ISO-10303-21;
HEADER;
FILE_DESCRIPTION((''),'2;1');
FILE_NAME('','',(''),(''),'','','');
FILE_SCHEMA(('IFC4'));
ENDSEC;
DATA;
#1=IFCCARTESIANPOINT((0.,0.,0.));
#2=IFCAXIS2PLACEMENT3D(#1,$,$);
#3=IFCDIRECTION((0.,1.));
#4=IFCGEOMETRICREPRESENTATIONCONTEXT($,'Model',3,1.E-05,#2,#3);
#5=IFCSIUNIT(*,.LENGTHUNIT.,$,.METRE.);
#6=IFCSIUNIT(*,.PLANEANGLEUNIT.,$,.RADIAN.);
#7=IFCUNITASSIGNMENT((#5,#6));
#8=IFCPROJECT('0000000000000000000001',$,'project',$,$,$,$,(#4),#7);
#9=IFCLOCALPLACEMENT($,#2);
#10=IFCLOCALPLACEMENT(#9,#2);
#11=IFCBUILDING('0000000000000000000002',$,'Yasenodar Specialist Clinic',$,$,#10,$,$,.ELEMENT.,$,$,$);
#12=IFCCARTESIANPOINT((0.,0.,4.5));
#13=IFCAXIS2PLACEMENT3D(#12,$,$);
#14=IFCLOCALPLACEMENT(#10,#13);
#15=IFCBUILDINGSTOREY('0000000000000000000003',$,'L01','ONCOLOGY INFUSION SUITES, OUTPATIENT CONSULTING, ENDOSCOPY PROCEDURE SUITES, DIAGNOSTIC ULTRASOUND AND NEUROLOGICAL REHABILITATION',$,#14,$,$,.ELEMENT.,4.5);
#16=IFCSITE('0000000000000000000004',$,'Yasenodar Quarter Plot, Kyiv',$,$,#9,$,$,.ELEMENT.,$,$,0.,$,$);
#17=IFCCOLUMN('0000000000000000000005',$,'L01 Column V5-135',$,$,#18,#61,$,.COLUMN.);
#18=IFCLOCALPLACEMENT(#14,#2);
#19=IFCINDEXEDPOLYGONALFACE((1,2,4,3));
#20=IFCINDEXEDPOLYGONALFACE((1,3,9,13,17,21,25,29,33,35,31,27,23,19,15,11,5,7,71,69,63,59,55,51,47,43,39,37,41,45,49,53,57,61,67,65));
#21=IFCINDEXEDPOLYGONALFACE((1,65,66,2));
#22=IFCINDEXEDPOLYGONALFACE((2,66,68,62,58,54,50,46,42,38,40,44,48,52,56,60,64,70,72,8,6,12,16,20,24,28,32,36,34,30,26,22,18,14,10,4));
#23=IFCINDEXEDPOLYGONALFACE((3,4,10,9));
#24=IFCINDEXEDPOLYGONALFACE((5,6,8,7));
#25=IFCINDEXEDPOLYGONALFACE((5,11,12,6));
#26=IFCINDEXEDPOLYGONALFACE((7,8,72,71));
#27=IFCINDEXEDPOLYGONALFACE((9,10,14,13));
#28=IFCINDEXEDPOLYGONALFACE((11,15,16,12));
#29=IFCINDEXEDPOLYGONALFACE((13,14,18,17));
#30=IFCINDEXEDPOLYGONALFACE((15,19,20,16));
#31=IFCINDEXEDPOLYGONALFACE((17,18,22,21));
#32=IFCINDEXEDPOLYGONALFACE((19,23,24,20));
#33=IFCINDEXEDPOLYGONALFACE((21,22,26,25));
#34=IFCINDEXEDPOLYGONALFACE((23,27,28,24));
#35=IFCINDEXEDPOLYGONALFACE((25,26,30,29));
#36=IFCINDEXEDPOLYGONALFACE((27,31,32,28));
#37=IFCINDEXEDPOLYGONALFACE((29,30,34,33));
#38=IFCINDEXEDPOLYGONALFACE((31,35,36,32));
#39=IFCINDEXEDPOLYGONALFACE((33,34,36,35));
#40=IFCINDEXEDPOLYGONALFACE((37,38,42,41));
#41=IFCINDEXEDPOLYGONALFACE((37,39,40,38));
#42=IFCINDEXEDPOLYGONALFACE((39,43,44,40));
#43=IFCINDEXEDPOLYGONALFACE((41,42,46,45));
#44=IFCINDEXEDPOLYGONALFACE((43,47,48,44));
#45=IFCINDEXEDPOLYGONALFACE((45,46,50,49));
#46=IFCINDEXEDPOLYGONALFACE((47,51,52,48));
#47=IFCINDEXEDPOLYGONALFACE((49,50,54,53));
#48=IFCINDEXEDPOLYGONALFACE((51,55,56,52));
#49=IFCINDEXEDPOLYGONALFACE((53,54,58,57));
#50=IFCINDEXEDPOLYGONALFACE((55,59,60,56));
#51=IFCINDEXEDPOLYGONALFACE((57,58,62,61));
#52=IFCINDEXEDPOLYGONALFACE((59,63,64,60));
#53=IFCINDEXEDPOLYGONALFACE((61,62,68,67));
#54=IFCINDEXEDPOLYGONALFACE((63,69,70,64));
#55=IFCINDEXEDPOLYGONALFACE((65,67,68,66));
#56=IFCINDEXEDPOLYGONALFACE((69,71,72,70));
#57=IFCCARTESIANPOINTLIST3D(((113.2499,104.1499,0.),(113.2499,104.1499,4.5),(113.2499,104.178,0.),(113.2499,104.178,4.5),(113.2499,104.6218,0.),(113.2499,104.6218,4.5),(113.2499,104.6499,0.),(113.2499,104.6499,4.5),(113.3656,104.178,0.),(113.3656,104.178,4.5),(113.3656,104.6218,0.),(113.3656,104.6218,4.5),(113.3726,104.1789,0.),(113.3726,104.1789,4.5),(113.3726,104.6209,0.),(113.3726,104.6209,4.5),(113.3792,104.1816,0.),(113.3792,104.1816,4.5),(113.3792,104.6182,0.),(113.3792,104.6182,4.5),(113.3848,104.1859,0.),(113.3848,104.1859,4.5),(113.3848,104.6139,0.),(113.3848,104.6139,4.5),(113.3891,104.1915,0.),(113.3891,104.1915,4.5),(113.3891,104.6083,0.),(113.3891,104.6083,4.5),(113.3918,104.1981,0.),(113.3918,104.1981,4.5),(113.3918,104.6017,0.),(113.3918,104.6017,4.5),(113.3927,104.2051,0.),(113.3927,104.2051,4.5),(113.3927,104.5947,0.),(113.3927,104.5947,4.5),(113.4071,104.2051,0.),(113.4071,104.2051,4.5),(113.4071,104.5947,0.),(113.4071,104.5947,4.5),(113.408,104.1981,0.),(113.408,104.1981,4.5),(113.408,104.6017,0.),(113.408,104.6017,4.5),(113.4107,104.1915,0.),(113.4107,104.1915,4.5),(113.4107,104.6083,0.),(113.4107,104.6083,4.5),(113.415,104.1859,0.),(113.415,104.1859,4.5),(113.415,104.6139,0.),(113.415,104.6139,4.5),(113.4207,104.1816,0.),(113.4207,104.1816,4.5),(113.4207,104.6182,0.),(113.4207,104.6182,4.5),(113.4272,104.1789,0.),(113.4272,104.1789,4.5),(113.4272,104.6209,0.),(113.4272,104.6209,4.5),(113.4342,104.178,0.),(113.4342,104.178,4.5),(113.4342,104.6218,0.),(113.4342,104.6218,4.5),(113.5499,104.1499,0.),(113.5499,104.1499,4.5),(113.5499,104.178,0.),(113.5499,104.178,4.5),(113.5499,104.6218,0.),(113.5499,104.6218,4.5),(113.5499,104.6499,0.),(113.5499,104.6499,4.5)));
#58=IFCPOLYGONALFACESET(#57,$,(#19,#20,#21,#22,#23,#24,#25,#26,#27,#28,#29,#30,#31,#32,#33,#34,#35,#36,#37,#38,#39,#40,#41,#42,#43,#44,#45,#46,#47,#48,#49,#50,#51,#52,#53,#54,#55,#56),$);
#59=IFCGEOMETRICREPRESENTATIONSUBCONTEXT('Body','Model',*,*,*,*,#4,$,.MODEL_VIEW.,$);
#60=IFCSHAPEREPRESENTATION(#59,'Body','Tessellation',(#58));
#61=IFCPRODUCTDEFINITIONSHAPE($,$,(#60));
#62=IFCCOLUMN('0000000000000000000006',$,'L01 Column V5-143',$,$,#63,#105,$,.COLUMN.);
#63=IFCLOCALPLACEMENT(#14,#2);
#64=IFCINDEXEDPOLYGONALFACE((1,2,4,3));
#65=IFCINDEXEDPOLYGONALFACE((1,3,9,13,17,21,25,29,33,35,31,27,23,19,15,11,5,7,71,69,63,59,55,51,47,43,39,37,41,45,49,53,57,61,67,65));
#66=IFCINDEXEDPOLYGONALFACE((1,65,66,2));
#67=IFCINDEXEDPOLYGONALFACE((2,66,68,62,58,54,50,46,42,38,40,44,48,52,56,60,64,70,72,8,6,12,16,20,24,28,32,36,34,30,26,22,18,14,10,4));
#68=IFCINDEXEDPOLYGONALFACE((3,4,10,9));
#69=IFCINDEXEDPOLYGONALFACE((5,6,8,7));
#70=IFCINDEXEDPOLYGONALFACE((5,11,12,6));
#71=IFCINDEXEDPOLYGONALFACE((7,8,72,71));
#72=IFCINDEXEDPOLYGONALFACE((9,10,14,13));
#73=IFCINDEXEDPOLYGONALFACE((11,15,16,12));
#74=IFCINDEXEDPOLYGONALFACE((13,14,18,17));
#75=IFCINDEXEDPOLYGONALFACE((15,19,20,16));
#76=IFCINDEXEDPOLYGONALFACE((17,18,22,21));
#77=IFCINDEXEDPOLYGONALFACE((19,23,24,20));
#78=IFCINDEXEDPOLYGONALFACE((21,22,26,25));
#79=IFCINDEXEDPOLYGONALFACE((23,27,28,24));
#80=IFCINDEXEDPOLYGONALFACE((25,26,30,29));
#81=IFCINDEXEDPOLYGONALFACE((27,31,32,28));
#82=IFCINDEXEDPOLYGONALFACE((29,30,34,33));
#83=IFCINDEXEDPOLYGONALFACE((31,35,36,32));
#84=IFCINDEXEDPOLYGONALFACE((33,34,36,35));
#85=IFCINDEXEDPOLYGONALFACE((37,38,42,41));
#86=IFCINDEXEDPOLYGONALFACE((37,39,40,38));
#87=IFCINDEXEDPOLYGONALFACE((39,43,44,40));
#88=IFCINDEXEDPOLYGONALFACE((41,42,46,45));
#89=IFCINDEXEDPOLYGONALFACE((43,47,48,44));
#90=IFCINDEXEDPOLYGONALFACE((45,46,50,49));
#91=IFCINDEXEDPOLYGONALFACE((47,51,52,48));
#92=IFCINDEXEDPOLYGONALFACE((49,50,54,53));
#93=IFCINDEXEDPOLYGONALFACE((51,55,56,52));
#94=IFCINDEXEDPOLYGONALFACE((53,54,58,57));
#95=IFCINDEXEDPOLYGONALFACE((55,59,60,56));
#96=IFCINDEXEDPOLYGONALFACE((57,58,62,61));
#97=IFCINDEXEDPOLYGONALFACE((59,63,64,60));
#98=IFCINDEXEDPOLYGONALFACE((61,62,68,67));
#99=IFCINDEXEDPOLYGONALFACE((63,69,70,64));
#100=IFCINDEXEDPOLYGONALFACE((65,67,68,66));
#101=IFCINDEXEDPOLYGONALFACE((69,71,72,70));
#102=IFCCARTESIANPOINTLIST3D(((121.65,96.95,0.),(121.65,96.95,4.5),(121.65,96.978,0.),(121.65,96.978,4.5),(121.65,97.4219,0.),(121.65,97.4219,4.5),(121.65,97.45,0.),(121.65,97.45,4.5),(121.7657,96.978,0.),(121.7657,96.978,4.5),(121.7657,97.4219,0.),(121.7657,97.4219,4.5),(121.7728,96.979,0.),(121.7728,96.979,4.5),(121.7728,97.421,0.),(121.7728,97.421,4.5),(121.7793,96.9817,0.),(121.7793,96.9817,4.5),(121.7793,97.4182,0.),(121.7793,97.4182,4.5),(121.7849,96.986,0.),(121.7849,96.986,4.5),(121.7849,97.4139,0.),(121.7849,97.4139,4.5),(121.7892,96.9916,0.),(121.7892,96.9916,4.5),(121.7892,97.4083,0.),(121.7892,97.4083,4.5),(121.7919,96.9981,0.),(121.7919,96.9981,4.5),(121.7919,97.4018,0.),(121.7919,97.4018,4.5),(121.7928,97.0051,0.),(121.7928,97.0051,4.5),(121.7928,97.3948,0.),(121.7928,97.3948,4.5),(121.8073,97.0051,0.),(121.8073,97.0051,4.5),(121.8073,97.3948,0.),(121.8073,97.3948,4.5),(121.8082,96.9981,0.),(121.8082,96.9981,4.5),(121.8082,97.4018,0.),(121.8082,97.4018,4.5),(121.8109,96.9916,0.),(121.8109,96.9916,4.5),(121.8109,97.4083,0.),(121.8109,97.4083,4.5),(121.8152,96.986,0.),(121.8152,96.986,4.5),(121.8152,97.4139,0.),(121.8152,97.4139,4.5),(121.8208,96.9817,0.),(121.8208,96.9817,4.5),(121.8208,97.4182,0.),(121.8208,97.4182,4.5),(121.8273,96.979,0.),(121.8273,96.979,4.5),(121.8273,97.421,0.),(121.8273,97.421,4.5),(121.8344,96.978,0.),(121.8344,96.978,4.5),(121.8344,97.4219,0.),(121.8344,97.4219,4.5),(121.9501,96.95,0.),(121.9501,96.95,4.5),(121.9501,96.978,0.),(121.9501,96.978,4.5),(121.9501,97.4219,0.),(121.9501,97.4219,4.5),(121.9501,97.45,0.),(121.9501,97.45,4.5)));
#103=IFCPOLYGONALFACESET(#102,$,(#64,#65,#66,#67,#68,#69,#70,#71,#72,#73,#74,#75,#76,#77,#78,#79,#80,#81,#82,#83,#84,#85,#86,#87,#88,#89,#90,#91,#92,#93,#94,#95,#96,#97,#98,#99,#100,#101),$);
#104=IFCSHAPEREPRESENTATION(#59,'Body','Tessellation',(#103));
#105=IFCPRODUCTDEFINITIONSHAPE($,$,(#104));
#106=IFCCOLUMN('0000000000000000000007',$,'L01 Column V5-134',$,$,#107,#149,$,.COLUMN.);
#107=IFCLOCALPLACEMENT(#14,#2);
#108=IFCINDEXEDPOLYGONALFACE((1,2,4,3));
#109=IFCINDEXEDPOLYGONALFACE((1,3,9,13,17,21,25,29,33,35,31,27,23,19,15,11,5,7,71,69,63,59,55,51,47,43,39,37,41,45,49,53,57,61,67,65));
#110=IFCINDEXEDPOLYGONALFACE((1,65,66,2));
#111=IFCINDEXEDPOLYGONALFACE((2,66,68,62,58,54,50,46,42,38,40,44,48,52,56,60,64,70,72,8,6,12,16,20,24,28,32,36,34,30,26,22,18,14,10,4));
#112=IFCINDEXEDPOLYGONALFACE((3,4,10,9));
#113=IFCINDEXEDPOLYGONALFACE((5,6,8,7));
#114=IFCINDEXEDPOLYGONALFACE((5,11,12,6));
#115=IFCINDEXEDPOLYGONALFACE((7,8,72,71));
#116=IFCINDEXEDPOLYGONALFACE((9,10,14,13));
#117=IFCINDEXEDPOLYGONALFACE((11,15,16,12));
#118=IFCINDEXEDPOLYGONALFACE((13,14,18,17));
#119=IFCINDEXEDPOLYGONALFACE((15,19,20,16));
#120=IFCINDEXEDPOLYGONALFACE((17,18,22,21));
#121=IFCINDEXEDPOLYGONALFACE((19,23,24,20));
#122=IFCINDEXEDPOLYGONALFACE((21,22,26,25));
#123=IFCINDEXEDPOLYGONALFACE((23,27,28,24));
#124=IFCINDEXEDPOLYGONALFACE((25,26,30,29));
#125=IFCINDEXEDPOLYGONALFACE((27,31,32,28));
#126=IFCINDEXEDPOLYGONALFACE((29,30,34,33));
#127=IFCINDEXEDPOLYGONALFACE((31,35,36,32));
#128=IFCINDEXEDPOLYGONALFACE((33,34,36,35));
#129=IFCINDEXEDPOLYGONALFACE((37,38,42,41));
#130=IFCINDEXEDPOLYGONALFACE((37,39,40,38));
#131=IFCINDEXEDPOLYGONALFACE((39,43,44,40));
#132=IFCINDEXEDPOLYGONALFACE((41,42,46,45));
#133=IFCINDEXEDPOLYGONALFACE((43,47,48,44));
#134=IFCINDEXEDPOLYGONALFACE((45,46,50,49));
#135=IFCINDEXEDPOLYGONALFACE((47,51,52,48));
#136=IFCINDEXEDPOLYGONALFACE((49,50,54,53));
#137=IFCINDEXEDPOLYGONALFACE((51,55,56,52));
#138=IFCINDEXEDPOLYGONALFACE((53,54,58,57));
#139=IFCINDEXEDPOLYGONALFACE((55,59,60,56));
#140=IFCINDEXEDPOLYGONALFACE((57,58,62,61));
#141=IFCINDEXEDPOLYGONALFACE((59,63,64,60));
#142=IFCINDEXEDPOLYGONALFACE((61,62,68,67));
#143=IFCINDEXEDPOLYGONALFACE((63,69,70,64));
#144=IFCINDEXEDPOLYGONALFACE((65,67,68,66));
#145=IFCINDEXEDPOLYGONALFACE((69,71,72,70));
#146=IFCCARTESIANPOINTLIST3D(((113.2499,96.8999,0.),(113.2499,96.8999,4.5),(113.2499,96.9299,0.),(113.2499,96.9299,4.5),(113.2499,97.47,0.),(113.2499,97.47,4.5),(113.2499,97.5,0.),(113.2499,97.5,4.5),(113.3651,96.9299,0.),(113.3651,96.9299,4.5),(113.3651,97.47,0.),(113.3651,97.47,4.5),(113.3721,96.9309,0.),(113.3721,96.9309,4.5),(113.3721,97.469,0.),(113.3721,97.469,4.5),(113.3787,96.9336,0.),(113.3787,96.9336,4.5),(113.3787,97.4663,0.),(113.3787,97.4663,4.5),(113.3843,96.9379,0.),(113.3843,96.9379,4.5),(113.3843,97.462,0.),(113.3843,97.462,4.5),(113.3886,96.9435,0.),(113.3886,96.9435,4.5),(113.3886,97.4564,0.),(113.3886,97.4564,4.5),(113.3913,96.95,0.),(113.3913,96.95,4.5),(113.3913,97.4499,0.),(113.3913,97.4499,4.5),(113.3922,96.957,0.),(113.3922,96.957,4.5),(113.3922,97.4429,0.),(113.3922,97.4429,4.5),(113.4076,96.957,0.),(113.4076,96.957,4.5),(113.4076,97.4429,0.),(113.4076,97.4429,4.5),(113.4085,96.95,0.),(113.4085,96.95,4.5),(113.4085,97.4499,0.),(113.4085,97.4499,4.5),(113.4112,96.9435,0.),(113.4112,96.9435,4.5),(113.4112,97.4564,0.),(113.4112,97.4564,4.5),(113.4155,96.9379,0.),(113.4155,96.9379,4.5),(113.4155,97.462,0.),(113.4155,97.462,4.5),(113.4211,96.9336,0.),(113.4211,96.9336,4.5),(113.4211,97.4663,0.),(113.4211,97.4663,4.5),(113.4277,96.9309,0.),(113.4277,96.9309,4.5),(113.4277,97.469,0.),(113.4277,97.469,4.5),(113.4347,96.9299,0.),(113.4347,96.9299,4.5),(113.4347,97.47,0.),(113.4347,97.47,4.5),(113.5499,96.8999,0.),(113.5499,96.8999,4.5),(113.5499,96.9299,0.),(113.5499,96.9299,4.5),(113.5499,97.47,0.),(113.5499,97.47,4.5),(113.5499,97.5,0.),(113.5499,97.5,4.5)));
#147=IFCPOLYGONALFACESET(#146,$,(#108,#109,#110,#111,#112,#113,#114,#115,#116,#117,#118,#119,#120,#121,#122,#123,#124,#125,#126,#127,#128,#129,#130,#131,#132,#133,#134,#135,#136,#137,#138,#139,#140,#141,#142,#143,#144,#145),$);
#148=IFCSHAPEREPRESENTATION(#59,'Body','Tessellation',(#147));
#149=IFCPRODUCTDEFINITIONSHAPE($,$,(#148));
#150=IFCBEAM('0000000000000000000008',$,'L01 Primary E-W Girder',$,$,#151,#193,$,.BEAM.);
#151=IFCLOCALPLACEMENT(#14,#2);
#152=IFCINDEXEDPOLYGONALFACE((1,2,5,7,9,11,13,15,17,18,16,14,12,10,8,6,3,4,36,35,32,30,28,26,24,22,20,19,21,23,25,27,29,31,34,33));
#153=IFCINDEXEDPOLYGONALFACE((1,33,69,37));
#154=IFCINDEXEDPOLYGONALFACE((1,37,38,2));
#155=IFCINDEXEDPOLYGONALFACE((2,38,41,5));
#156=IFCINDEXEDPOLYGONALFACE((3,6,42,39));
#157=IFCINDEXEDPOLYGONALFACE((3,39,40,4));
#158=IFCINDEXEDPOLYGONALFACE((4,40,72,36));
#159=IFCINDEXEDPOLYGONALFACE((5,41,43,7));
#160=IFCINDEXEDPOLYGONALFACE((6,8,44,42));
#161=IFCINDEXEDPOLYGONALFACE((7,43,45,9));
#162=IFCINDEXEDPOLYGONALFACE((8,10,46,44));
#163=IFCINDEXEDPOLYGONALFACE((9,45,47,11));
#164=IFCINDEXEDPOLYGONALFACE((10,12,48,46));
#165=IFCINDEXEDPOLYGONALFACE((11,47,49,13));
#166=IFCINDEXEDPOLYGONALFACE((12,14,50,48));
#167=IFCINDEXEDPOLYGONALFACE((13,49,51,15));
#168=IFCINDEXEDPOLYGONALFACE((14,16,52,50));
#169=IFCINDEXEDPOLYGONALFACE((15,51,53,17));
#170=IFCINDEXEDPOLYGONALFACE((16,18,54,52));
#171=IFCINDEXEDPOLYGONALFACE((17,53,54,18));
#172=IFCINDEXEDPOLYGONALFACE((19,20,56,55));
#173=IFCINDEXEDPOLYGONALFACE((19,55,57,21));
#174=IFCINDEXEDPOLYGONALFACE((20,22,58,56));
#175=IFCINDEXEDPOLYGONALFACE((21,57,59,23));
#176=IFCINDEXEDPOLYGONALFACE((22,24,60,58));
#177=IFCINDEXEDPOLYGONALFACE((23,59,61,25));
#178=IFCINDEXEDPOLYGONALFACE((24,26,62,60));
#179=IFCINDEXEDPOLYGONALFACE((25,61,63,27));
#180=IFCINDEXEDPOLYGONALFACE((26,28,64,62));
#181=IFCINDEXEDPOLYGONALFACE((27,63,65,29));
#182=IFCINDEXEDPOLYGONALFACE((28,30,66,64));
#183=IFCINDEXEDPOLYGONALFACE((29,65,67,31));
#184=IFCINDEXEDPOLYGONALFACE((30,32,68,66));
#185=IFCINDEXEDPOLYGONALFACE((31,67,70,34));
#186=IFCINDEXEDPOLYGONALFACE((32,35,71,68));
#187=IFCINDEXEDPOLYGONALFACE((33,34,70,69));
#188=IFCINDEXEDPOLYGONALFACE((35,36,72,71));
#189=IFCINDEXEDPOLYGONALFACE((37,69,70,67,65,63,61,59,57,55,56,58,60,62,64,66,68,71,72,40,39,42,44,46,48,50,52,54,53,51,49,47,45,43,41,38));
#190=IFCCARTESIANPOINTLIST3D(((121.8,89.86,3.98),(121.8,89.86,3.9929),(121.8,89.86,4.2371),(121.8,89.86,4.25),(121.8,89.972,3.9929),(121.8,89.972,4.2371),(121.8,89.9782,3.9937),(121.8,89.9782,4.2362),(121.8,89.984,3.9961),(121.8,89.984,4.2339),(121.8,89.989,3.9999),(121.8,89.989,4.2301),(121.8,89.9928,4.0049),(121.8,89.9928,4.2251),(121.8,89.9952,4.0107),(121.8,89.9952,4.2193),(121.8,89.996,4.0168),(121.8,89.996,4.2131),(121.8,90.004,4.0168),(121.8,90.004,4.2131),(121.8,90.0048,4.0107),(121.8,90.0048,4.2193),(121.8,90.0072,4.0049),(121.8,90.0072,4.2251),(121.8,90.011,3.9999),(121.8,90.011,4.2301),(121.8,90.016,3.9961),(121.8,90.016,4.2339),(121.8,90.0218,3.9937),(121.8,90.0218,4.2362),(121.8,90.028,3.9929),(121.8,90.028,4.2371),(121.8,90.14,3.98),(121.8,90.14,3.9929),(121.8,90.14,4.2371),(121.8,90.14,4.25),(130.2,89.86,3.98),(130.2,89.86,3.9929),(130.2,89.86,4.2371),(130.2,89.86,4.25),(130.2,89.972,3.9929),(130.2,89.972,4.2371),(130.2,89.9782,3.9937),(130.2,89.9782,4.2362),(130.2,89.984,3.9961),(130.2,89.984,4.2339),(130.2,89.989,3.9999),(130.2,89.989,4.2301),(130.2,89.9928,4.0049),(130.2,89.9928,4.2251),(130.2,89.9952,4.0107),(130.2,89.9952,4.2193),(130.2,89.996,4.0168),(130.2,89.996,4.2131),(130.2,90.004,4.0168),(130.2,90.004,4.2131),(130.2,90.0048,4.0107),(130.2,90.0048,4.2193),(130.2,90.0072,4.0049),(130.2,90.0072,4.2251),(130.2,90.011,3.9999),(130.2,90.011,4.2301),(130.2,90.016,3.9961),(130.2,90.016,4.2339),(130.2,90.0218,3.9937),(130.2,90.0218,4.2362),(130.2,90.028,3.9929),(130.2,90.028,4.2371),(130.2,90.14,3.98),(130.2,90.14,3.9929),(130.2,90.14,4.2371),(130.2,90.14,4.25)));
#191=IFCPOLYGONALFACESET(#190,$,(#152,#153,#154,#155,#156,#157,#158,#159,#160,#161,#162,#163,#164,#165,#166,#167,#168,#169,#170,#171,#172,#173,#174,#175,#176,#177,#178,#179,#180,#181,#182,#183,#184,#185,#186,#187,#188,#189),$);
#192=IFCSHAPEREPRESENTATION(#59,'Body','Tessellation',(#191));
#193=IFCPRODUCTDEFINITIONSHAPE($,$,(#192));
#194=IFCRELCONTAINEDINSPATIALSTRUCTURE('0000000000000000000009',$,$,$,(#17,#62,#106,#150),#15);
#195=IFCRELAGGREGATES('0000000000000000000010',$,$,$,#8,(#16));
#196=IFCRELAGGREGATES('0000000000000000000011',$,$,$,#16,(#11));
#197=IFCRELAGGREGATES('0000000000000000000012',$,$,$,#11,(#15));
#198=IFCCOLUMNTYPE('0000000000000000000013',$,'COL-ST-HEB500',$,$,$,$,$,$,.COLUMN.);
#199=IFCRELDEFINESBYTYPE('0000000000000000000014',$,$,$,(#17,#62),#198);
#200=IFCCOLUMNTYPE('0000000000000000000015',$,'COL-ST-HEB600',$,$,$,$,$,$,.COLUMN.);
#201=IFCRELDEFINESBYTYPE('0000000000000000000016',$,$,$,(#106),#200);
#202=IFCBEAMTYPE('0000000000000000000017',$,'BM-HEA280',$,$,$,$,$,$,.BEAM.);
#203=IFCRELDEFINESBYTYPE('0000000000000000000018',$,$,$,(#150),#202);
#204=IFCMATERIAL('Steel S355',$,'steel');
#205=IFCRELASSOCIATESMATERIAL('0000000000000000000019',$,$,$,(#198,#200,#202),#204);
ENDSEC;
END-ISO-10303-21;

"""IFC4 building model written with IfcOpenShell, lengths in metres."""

from ifc_helpers import new_model, si_unit, direction, frame, origin, origin_2d, place, context, subcontext, project, spatial, i_section, extrude, material, material_profile, profile_set, type_object, element, save


model = new_model("IFC4")

# Units and contexts
model_context = context("Model", 3, precision=1e-05, world=origin(), true_north=direction((0.0, 1.0)))
body_context = subcontext(model_context, "Body", "Model", "MODEL_VIEW")
ifc_project = project(units=[si_unit("LENGTHUNIT", "METRE"), si_unit("PLANEANGLEUNIT", "RADIAN")], contexts=[model_context])

# Site, building, storey
site_placement = place(None, origin())
site = spatial("IfcSite", under=ifc_project, at=site_placement, Name="Yasenodar Quarter Plot, Kyiv", CompositionType="ELEMENT", RefElevation=0.0)
building_placement = place(site_placement, origin())
building = spatial("IfcBuilding", under=site, at=building_placement, Name="Yasenodar Specialist Clinic", CompositionType="ELEMENT")
storey_placement = place(building_placement, frame((0.0, 0.0, 4.5)))
storey = spatial("IfcBuildingStorey", under=building, at=storey_placement, Name="L01", Description="ONCOLOGY INFUSION SUITES, OUTPATIENT CONSULTING, ENDOSCOPY PROCEDURE SUITES, DIAGNOSTIC ULTRASOUND AND NEUROLOGICAL REHABILITATION", CompositionType="ELEMENT", Elevation=4.5)

# Columns
ifc_material_1 = material(Name="Steel S355", Category="steel")
ifc_material_profile_1 = material_profile(ifc_material_1, i_section(OverallWidth=0.3, OverallDepth=0.5, WebThickness=0.0144, FlangeThickness=0.0281, FilletRadius=0.0271, at=origin_2d()), Name="HEB 500")
ifc_profile_set_1 = profile_set([ifc_material_profile_1], Name="Steel S355")
column_type_1 = type_object("IfcColumnType", Name="COL-ST-HEB500", PredefinedType="COLUMN", material=ifc_profile_set_1)
for number, where, z_axis, x_axis, name in (
    (1, (113.3999, 104.3999, 0.0), (0.0, 0.0, 1.0), (1.0, 0.0, 0.0), "L01 Column V5-135"),
    (2, (121.8, 97.2, 0.0), (0.0, 0.0, 1.0), (1.0, 0.0, 0.0), "L01 Column V5-143"),
):
    element("IfcColumn", number, at=place(storey_placement, frame(where, z_axis=z_axis, x_axis=x_axis)), inside=storey, type_object=column_type_1, Name=name, PredefinedType="COLUMN", context=body_context, shape_type="SweptSolid", body=[
        extrude(i_section(OverallWidth=0.3, OverallDepth=0.5, WebThickness=0.0144, FlangeThickness=0.0281, FilletRadius=0.0271, at=origin_2d()), origin(), (0.0, 0.0, 1.0), 4.5),
    ])
ifc_material_profile_2 = material_profile(ifc_material_1, i_section(OverallWidth=0.3, OverallDepth=0.6001, WebThickness=0.0154, FlangeThickness=0.03, FilletRadius=0.0271, at=origin_2d()), Name="HEB 600")
ifc_profile_set_2 = profile_set([ifc_material_profile_2], Name="Steel S355")
column_type_2 = type_object("IfcColumnType", Name="COL-ST-HEB600", PredefinedType="COLUMN", material=ifc_profile_set_2)
column_1_placement = place(storey_placement, frame((113.3999, 97.2, 0.0), z_axis=(0.0, 0.0, 1.0), x_axis=(1.0, 0.0, 0.0)))
element("IfcColumn", 3, at=column_1_placement, inside=storey, type_object=column_type_2, Name="L01 Column V5-134", PredefinedType="COLUMN", context=body_context, shape_type="SweptSolid", body=[
    extrude(i_section(OverallWidth=0.3, OverallDepth=0.6001, WebThickness=0.0154, FlangeThickness=0.03, FilletRadius=0.0271, at=origin_2d()), origin(), (0.0, 0.0, 1.0), 4.5),
])

# Beam
ifc_material_profile_3 = material_profile(ifc_material_1, i_section(OverallWidth=0.28, OverallDepth=0.27, WebThickness=0.0081, FlangeThickness=0.0129, FilletRadius=0.0239, at=origin_2d()), Name="HEA 280")
ifc_profile_set_3 = profile_set([ifc_material_profile_3], Name="Steel S355")
beam_type_1 = type_object("IfcBeamType", Name="BM-HEA280", PredefinedType="BEAM", material=ifc_profile_set_3)
beam_1_placement = place(storey_placement, frame((121.8, 90.0, 4.115), z_axis=(1.0, 0.0, 0.0), x_axis=(0.0, 1.0, 0.0)))
element("IfcBeam", 4, at=beam_1_placement, inside=storey, type_object=beam_type_1, Name="L01 Primary E-W Girder", PredefinedType="BEAM", context=body_context, shape_type="SweptSolid", body=[
    extrude(i_section(OverallWidth=0.28, OverallDepth=0.27, WebThickness=0.0081, FlangeThickness=0.0129, FilletRadius=0.0239, at=origin_2d()), origin(), (0.0, 0.0, 1.0), 8.3999),
])

save(model, "model.ifc")
